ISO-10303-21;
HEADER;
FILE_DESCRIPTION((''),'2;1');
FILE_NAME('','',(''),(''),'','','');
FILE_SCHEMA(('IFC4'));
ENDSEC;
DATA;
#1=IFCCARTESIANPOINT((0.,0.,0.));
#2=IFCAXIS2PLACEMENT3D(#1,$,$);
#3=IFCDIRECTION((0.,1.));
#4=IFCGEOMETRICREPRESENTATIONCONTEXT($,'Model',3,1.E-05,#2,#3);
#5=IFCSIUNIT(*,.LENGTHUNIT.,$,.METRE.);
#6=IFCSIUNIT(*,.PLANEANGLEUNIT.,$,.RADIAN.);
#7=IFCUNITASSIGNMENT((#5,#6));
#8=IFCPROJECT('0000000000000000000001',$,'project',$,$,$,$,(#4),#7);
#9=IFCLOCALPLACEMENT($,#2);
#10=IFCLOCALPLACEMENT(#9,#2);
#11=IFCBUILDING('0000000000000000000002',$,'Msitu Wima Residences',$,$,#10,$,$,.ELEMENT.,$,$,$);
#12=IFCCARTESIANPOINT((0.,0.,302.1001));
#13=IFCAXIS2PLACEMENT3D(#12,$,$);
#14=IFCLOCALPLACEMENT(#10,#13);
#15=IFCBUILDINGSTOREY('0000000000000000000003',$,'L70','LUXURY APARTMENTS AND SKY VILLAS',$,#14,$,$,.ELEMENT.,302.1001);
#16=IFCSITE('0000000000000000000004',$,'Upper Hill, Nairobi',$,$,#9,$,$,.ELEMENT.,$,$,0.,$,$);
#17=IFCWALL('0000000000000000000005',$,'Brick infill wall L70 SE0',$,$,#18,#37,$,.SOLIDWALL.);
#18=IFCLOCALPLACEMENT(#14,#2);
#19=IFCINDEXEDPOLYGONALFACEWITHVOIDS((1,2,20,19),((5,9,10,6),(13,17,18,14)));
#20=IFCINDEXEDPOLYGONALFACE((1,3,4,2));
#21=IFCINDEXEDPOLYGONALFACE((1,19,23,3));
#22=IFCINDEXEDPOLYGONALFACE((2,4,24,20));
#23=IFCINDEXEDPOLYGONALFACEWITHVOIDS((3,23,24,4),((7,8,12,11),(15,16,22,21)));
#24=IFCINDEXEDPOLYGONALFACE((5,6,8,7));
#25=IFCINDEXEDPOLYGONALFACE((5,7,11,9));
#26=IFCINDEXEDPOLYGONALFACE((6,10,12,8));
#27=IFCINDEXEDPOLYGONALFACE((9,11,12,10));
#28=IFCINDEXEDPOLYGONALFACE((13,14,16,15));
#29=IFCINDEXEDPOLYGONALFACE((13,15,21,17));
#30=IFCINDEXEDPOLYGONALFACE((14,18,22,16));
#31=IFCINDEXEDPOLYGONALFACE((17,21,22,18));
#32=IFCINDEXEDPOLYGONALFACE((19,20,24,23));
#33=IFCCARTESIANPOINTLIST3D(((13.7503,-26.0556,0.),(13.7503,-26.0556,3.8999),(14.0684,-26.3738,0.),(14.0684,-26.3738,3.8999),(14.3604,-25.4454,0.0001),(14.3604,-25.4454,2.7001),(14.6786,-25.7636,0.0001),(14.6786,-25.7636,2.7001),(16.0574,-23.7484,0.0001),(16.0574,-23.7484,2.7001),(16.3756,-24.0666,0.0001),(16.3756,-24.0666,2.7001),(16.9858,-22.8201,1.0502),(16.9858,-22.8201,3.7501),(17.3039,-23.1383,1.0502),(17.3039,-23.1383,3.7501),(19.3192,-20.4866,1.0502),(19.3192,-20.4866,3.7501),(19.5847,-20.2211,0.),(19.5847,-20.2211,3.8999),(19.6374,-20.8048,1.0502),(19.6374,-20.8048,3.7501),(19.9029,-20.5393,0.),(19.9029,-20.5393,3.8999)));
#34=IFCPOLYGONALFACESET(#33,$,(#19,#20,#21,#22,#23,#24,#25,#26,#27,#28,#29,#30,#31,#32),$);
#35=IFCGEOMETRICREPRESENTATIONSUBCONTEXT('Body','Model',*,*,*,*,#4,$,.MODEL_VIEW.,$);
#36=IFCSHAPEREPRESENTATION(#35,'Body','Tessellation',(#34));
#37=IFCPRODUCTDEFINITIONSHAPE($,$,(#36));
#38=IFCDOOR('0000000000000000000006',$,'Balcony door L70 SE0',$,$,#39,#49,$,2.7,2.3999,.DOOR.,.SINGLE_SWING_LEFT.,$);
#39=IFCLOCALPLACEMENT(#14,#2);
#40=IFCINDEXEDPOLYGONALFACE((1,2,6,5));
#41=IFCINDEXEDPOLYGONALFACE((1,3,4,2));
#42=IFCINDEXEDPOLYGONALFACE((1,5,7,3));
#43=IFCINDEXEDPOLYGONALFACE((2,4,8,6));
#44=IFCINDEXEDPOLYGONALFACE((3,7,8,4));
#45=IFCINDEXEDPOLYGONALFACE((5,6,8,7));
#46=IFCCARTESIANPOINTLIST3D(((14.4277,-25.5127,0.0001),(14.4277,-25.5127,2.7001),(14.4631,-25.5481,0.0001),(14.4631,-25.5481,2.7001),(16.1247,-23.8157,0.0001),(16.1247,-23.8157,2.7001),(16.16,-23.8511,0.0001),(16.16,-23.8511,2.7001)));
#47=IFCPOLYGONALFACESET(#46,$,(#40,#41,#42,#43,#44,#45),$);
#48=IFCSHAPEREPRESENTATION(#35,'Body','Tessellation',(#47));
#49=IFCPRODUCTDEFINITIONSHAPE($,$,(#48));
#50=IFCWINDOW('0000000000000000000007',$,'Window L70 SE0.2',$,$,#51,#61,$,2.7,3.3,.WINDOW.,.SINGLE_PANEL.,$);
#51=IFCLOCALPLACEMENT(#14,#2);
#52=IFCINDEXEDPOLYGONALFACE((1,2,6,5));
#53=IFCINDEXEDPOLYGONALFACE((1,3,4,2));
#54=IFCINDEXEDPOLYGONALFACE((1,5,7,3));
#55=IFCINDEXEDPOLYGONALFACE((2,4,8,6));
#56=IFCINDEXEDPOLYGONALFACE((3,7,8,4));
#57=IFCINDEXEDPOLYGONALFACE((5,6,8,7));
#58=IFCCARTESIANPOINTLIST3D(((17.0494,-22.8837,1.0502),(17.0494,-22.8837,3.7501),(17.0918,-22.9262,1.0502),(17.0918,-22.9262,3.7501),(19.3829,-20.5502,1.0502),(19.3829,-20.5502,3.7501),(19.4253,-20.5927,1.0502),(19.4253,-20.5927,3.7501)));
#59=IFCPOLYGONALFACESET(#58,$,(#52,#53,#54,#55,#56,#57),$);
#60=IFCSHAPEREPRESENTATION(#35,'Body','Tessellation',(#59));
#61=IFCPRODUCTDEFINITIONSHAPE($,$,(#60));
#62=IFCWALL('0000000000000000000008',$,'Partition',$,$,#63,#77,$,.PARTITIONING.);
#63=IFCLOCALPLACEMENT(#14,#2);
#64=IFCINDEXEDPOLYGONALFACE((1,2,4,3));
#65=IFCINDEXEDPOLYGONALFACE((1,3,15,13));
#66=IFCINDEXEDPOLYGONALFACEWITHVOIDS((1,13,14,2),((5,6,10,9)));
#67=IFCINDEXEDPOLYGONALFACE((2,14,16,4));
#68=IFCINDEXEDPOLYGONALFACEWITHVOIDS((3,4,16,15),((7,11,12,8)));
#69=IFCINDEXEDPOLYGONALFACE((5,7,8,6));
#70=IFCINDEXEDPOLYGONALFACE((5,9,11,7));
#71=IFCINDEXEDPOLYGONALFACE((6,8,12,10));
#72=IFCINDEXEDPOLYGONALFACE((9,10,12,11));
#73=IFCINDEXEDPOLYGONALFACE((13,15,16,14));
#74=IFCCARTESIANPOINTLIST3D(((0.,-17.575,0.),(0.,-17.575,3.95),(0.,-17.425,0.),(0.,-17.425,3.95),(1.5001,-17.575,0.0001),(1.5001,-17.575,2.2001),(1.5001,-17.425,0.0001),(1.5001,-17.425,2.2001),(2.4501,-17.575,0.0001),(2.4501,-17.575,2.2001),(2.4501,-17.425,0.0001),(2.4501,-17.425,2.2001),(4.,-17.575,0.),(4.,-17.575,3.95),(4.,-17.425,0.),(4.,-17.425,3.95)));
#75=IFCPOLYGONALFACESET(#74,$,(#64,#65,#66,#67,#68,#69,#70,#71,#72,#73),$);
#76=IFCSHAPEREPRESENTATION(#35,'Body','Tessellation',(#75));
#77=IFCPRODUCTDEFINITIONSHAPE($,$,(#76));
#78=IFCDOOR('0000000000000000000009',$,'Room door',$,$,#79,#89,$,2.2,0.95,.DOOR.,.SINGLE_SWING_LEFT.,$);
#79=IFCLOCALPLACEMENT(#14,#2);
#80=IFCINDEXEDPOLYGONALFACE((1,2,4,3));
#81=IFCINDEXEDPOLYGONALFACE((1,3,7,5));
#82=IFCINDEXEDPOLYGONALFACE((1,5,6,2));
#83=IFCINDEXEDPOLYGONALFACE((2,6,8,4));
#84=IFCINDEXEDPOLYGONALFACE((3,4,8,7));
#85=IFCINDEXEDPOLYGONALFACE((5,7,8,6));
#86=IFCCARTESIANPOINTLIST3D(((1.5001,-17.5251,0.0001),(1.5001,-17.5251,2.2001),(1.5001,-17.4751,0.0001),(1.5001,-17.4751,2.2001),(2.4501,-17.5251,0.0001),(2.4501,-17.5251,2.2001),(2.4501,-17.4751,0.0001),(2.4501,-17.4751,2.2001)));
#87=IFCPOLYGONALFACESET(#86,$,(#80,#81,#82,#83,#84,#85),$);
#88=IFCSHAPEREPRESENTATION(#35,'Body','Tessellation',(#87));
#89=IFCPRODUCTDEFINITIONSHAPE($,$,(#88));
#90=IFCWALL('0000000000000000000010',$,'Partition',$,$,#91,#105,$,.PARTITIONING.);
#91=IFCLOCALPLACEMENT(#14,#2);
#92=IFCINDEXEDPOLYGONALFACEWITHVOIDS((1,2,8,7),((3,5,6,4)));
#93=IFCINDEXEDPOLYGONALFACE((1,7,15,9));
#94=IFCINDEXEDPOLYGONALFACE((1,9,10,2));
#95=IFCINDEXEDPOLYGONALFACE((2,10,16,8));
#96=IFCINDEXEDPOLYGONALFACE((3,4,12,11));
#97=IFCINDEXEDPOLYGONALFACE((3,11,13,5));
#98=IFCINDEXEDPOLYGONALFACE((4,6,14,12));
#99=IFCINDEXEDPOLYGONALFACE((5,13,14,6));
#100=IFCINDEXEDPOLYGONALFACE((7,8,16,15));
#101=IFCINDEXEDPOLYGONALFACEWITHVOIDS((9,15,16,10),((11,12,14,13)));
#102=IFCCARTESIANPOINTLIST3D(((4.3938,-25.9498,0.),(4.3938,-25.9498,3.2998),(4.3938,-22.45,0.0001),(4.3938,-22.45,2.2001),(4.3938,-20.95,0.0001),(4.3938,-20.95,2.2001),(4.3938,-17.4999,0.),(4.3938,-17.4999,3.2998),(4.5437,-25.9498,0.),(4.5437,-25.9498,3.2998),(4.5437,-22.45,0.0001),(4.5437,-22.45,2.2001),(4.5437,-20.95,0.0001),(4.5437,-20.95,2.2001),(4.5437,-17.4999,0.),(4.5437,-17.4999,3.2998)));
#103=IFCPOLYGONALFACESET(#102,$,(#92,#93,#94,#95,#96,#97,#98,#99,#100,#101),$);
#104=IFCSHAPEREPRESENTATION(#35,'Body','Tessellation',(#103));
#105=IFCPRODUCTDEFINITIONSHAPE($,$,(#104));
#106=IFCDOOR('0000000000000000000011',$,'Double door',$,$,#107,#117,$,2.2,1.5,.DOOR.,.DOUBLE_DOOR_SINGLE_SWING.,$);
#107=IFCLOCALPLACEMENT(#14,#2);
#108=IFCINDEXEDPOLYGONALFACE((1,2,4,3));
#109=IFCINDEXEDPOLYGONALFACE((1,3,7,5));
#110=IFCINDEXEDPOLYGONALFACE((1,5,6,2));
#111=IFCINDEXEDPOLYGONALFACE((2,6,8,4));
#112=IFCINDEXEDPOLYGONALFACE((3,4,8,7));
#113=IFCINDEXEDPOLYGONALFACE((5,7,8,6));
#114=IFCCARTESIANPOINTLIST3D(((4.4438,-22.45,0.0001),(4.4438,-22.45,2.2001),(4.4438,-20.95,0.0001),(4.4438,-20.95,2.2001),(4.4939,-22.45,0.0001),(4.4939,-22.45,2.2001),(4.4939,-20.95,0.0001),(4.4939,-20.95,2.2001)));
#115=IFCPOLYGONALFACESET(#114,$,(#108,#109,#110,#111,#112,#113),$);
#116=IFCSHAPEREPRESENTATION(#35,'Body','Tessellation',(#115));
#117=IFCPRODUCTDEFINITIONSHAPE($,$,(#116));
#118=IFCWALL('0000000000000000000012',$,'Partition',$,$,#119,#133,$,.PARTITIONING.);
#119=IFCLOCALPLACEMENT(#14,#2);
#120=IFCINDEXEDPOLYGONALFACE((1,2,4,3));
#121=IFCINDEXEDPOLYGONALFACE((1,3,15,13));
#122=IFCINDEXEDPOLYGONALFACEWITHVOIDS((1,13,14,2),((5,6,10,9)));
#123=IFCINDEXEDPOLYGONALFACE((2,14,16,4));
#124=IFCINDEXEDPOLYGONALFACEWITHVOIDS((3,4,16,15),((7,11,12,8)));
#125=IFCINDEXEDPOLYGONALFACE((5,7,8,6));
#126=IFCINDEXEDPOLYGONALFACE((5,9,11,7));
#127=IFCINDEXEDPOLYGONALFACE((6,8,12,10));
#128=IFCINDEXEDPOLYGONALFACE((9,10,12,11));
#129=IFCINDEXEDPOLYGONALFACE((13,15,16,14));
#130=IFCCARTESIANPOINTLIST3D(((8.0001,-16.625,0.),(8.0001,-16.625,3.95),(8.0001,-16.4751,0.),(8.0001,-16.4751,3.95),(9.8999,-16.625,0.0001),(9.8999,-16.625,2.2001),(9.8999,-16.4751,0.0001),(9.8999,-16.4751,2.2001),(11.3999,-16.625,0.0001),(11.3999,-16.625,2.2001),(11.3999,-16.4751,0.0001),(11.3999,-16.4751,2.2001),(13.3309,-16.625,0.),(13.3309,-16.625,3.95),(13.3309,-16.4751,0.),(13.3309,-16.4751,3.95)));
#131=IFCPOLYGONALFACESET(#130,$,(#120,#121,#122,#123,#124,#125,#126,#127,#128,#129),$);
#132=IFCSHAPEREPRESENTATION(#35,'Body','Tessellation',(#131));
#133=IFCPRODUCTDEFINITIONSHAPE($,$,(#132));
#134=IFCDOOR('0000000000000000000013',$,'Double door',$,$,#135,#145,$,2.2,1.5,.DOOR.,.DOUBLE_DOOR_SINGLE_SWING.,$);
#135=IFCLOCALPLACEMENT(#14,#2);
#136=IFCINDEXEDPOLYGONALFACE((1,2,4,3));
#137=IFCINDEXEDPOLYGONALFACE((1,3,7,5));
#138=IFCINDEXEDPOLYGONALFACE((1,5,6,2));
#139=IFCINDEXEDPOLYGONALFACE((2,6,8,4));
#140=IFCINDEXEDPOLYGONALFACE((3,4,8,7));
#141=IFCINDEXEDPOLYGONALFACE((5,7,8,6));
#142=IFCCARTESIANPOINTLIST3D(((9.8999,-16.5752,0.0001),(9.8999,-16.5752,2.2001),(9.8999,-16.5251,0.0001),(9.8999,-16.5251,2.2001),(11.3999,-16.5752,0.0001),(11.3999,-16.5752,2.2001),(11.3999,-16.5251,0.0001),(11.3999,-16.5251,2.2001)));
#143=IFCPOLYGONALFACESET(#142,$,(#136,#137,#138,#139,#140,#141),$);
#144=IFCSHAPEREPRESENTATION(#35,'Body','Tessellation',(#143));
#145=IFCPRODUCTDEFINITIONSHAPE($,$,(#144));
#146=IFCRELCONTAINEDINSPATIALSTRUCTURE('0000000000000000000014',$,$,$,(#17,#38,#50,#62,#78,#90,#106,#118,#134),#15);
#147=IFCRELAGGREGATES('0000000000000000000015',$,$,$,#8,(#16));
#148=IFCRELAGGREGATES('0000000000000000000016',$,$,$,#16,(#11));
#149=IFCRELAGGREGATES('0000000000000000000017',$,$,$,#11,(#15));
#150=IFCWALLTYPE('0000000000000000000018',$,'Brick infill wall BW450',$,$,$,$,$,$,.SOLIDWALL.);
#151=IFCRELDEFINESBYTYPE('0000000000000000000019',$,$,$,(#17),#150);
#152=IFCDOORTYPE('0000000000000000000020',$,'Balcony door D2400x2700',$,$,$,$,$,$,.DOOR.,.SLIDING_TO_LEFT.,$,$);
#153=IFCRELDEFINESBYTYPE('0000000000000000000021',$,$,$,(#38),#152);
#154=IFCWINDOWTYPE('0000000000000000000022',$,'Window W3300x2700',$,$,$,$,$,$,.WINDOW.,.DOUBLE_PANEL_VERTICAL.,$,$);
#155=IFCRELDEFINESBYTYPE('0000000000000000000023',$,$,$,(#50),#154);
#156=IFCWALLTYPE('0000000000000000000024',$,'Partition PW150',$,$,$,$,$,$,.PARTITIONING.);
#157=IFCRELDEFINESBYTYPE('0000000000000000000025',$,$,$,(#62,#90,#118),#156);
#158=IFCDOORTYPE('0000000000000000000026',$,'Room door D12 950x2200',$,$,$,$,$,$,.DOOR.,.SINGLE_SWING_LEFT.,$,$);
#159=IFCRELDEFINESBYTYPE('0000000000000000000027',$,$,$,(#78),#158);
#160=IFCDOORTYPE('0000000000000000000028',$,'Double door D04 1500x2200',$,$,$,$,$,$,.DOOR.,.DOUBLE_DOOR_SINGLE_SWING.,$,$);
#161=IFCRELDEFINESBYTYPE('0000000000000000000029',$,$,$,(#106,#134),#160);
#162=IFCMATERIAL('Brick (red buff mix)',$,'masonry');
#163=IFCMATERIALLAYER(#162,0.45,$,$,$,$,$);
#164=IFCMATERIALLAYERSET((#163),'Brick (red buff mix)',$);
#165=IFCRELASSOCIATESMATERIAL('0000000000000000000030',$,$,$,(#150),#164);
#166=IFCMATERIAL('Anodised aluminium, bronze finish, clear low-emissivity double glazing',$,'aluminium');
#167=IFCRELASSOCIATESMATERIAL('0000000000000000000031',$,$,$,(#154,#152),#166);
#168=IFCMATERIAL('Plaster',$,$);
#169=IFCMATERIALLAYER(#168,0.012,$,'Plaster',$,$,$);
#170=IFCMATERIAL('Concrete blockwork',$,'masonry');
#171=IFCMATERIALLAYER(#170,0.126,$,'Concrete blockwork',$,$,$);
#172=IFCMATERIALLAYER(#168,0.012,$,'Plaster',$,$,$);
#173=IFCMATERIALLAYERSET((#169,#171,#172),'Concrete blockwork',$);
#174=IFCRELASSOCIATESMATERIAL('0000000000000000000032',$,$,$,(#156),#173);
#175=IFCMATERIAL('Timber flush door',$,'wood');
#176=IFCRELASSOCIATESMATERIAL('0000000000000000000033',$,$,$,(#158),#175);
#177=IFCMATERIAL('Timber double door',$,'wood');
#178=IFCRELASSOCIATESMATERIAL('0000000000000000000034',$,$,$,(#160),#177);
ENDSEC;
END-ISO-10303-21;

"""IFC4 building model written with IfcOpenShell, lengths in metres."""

from ifc_helpers import new_model, si_unit, direction, frame, frame_2d, origin, place, context, subcontext, project, spatial, rectangle, extrude, material, layer, layer_set, type_object, element, fill, save


model = new_model("IFC4")

# Units and contexts
model_context = context("Model", 3, precision=1e-05, world=origin(), true_north=direction((0.0, 1.0)))
body_context = subcontext(model_context, "Body", "Model", "MODEL_VIEW")
ifc_project = project(units=[si_unit("LENGTHUNIT", "METRE"), si_unit("PLANEANGLEUNIT", "RADIAN")], contexts=[model_context])

# Site, building, storey
site_placement = place(None, origin())
site = spatial("IfcSite", under=ifc_project, at=site_placement, Name="Upper Hill, Nairobi", CompositionType="ELEMENT", RefElevation=0.0)
building_placement = place(site_placement, origin())
building = spatial("IfcBuilding", under=site, at=building_placement, Name="Msitu Wima Residences", CompositionType="ELEMENT")
storey_placement = place(building_placement, frame((0.0, 0.0, 302.1001)))
storey = spatial("IfcBuildingStorey", under=building, at=storey_placement, Name="L70", Description="LUXURY APARTMENTS AND SKY VILLAS", CompositionType="ELEMENT", Elevation=302.1001)

# Shared definitions
ifc_material_1 = material(Name="Brick (red buff mix)", Category="masonry")
ifc_layer_1 = layer(ifc_material_1, 0.45)
ifc_layer_set_1 = layer_set([ifc_layer_1], Name="Brick (red buff mix)")
wall_type_1 = type_object("IfcWallType", Name="Brick infill wall BW450", PredefinedType="SOLIDWALL", material=ifc_layer_set_1)
ifc_material_2 = material(Name="Anodised aluminium, bronze finish, clear low-emissivity double glazing", Category="aluminium")
window_type = type_object("IfcWindowType", Name="Window W3300x2700", PartitioningType="DOUBLE_PANEL_VERTICAL", PredefinedType="WINDOW", material=ifc_material_2)

# Wall, openings, door, window
wall_1_placement = place(storey_placement, frame((13.9094, -26.2146, 0.0), z_axis=(0.0, 0.0, 1.0), x_axis=(0.707107, 0.707107, 0.0)))
wall_1 = element("IfcWall", 1, at=wall_1_placement, inside=storey, type_object=wall_type_1, Name="Brick infill wall L70 SE0", PredefinedType="SOLIDWALL", context=body_context, shape_type="SweptSolid", body=[
    extrude(rectangle(XDim=8.2512, YDim=0.45, at=frame_2d((4.1255, 0.0))), origin(), (0.0, 0.0, 1.0), 3.8999),
])
opening_1_placement = place(wall_1_placement, frame((0.8628, 0.0, 0.0)))
opening_1 = element("IfcOpeningElement", 2, at=opening_1_placement, cuts=wall_1, PredefinedType="OPENING", context=body_context, shape_type="SweptSolid", body=[
    extrude(rectangle(XDim=2.3999, YDim=2.7, at=frame_2d((1.2, 1.3501))), frame((0.0, 0.2349, 0.0), z_axis=(0.0, -1.0, 0.0), x_axis=(1.0, 0.0, 0.0)), (0.0, 0.0, 1.0), 0.47),
])
opening_2_placement = place(wall_1_placement, frame((4.5757, 0.0, 1.05)))
opening_2 = element("IfcOpeningElement", 3, at=opening_2_placement, cuts=wall_1, PredefinedType="OPENING", context=body_context, shape_type="SweptSolid", body=[
    extrude(rectangle(XDim=3.3, YDim=2.7, at=frame_2d((1.6499, 1.3501))), frame((0.0, 0.2349, 0.0), z_axis=(0.0, -1.0, 0.0), x_axis=(1.0, 0.0, 0.0)), (0.0, 0.0, 1.0), 0.47),
])
door_type_1 = type_object("IfcDoorType", Name="Balcony door D2400x2700", OperationType="SLIDING_TO_LEFT", PredefinedType="DOOR", material=ifc_material_2)
door_1_placement = place(opening_1_placement, origin())
door_1 = element("IfcDoor", 4, at=door_1_placement, inside=storey, type_object=door_type_1, Name="Balcony door L70 SE0", OperationType="SINGLE_SWING_LEFT", OverallHeight=2.7, OverallWidth=2.3999, PredefinedType="DOOR", context=body_context, shape_type="SweptSolid", body=[
    extrude(rectangle(XDim=2.3999, YDim=2.7, at=frame_2d((1.2, 1.3501))), frame((0.0, 0.1299, 0.0), z_axis=(0.0, -1.0, 0.0), x_axis=(1.0, 0.0, 0.0)), (0.0, 0.0, 1.0), 0.05),
])
fill(opening_1, door_1)
window_1_placement = place(opening_2_placement, origin())
window_1 = element("IfcWindow", 5, at=window_1_placement, inside=storey, type_object=window_type, Name="Window L70 SE0.2", OverallHeight=2.7, OverallWidth=3.3, PartitioningType="SINGLE_PANEL", PredefinedType="WINDOW", context=body_context, shape_type="SweptSolid", body=[
    extrude(rectangle(XDim=3.3, YDim=2.7, at=frame_2d((1.6499, 1.3501))), frame((0.0, 0.135, 0.0), z_axis=(0.0, -1.0, 0.0), x_axis=(1.0, 0.0, 0.0)), (0.0, 0.0, 1.0), 0.0601),
])
fill(opening_2, window_1)

# Walls, openings, doors
ifc_material_3 = material(Name="Plaster")
ifc_layer_2 = layer(ifc_material_3, 0.012, Name="Plaster")
ifc_material_4 = material(Name="Concrete blockwork", Category="masonry")
ifc_layer_3 = layer(ifc_material_4, 0.126, Name="Concrete blockwork")
ifc_layer_4 = layer(ifc_material_3, 0.012, Name="Plaster")
ifc_layer_set_2 = layer_set([ifc_layer_2, ifc_layer_3, ifc_layer_4], Name="Concrete blockwork")
wall_type_2 = type_object("IfcWallType", Name="Partition PW150", PredefinedType="PARTITIONING", material=ifc_layer_set_2)
wall_2_placement = place(storey_placement, frame((0.0, -17.5, 0.0), z_axis=(0.0, 0.0, 1.0), x_axis=(1.0, 0.0, 0.0)))
wall_2 = element("IfcWall", 6, at=wall_2_placement, inside=storey, type_object=wall_type_2, Name="Partition", PredefinedType="PARTITIONING", context=body_context, shape_type="SweptSolid", body=[
    extrude(rectangle(XDim=4.0, YDim=0.1499, at=frame_2d((2.0, 0.0))), origin(), (0.0, 0.0, 1.0), 3.95),
])
opening_3_placement = place(wall_2_placement, frame((1.5, 0.0, 0.0)))
opening_3 = element("IfcOpeningElement", 7, at=opening_3_placement, cuts=wall_2, PredefinedType="OPENING", context=body_context, shape_type="SweptSolid", body=[
    extrude(rectangle(XDim=0.95, YDim=2.2, at=frame_2d((0.4751, 1.1001))), frame((0.0, 0.085, 0.0), z_axis=(0.0, -1.0, 0.0), x_axis=(1.0, 0.0, 0.0)), (0.0, 0.0, 1.0), 0.1699),
])
ifc_material_5 = material(Name="Timber flush door", Category="wood")
door_type_2 = type_object("IfcDoorType", Name="Room door D12 950x2200", OperationType="SINGLE_SWING_LEFT", PredefinedType="DOOR", material=ifc_material_5)
door_2_placement = place(opening_3_placement, origin())
door_2 = element("IfcDoor", 8, at=door_2_placement, inside=storey, type_object=door_type_2, Name="Room door", OperationType="SINGLE_SWING_LEFT", OverallHeight=2.2, OverallWidth=0.95, PredefinedType="DOOR", context=body_context, shape_type="SweptSolid", body=[
    extrude(rectangle(XDim=0.95, YDim=2.2, at=frame_2d((0.4751, 1.1001))), frame((0.0, 0.0249, 0.0), z_axis=(0.0, -1.0, 0.0), x_axis=(1.0, 0.0, 0.0)), (0.0, 0.0, 1.0), 0.05),
])
fill(opening_3, door_2)
wall_3_placement = place(storey_placement, frame((4.4688, -25.95, 0.0), z_axis=(0.0, 0.0, 1.0), x_axis=(0.0, 1.0, 0.0)))
wall_3 = element("IfcWall", 9, at=wall_3_placement, inside=storey, type_object=wall_type_2, Name="Partition", PredefinedType="PARTITIONING", context=body_context, shape_type="SweptSolid", body=[
    extrude(rectangle(XDim=8.45, YDim=0.1499, at=frame_2d((4.2251, 0.0))), origin(), (0.0, 0.0, 1.0), 3.2998),
])
opening_4_placement = place(wall_3_placement, frame((3.5, 0.0, 0.0)))
opening_4 = element("IfcOpeningElement", 10, at=opening_4_placement, cuts=wall_3, PredefinedType="OPENING", context=body_context, shape_type="SweptSolid", body=[
    extrude(rectangle(XDim=1.5, YDim=2.2, at=frame_2d((0.75, 1.1001))), frame((0.0, 0.085, 0.0), z_axis=(0.0, -1.0, 0.0), x_axis=(1.0, 0.0, 0.0)), (0.0, 0.0, 1.0), 0.1699),
])
ifc_material_6 = material(Name="Timber double door", Category="wood")
door_type_3 = type_object("IfcDoorType", Name="Double door D04 1500x2200", OperationType="DOUBLE_DOOR_SINGLE_SWING", PredefinedType="DOOR", material=ifc_material_6)
door_3_placement = place(opening_4_placement, origin())
door_3 = element("IfcDoor", 11, at=door_3_placement, inside=storey, type_object=door_type_3, Name="Double door", OperationType="DOUBLE_DOOR_SINGLE_SWING", OverallHeight=2.2, OverallWidth=1.5, PredefinedType="DOOR", context=body_context, shape_type="SweptSolid", body=[
    extrude(rectangle(XDim=1.5, YDim=2.2, at=frame_2d((0.75, 1.1001))), frame((0.0, 0.0249, 0.0), z_axis=(0.0, -1.0, 0.0), x_axis=(1.0, 0.0, 0.0)), (0.0, 0.0, 1.0), 0.05),
])
fill(opening_4, door_3)
wall_4_placement = place(storey_placement, frame((8.0, -16.55, 0.0), z_axis=(0.0, 0.0, 1.0), x_axis=(1.0, 0.0, 0.0)))
wall_4 = element("IfcWall", 12, at=wall_4_placement, inside=storey, type_object=wall_type_2, Name="Partition", PredefinedType="PARTITIONING", context=body_context, shape_type="SweptSolid", body=[
    extrude(rectangle(XDim=5.3308, YDim=0.1499, at=frame_2d((2.6655, 0.0))), origin(), (0.0, 0.0, 1.0), 3.95),
])
opening_5_placement = place(wall_4_placement, frame((1.8999, 0.0, 0.0)))
opening_5 = element("IfcOpeningElement", 13, at=opening_5_placement, cuts=wall_4, PredefinedType="OPENING", context=body_context, shape_type="SweptSolid", body=[
    extrude(rectangle(XDim=1.5, YDim=2.2, at=frame_2d((0.75, 1.1001))), frame((0.0, 0.085, 0.0), z_axis=(0.0, -1.0, 0.0), x_axis=(1.0, 0.0, 0.0)), (0.0, 0.0, 1.0), 0.1699),
])
door_4_placement = place(opening_5_placement, origin())
door_4 = element("IfcDoor", 14, at=door_4_placement, inside=storey, type_object=door_type_3, Name="Double door", OperationType="DOUBLE_DOOR_SINGLE_SWING", OverallHeight=2.2, OverallWidth=1.5, PredefinedType="DOOR", context=body_context, shape_type="SweptSolid", body=[
    extrude(rectangle(XDim=1.5, YDim=2.2, at=frame_2d((0.75, 1.1001))), frame((0.0, 0.0249, 0.0), z_axis=(0.0, -1.0, 0.0), x_axis=(1.0, 0.0, 0.0)), (0.0, 0.0, 1.0), 0.05),
])
fill(opening_5, door_4)

save(model, "model.ifc")
